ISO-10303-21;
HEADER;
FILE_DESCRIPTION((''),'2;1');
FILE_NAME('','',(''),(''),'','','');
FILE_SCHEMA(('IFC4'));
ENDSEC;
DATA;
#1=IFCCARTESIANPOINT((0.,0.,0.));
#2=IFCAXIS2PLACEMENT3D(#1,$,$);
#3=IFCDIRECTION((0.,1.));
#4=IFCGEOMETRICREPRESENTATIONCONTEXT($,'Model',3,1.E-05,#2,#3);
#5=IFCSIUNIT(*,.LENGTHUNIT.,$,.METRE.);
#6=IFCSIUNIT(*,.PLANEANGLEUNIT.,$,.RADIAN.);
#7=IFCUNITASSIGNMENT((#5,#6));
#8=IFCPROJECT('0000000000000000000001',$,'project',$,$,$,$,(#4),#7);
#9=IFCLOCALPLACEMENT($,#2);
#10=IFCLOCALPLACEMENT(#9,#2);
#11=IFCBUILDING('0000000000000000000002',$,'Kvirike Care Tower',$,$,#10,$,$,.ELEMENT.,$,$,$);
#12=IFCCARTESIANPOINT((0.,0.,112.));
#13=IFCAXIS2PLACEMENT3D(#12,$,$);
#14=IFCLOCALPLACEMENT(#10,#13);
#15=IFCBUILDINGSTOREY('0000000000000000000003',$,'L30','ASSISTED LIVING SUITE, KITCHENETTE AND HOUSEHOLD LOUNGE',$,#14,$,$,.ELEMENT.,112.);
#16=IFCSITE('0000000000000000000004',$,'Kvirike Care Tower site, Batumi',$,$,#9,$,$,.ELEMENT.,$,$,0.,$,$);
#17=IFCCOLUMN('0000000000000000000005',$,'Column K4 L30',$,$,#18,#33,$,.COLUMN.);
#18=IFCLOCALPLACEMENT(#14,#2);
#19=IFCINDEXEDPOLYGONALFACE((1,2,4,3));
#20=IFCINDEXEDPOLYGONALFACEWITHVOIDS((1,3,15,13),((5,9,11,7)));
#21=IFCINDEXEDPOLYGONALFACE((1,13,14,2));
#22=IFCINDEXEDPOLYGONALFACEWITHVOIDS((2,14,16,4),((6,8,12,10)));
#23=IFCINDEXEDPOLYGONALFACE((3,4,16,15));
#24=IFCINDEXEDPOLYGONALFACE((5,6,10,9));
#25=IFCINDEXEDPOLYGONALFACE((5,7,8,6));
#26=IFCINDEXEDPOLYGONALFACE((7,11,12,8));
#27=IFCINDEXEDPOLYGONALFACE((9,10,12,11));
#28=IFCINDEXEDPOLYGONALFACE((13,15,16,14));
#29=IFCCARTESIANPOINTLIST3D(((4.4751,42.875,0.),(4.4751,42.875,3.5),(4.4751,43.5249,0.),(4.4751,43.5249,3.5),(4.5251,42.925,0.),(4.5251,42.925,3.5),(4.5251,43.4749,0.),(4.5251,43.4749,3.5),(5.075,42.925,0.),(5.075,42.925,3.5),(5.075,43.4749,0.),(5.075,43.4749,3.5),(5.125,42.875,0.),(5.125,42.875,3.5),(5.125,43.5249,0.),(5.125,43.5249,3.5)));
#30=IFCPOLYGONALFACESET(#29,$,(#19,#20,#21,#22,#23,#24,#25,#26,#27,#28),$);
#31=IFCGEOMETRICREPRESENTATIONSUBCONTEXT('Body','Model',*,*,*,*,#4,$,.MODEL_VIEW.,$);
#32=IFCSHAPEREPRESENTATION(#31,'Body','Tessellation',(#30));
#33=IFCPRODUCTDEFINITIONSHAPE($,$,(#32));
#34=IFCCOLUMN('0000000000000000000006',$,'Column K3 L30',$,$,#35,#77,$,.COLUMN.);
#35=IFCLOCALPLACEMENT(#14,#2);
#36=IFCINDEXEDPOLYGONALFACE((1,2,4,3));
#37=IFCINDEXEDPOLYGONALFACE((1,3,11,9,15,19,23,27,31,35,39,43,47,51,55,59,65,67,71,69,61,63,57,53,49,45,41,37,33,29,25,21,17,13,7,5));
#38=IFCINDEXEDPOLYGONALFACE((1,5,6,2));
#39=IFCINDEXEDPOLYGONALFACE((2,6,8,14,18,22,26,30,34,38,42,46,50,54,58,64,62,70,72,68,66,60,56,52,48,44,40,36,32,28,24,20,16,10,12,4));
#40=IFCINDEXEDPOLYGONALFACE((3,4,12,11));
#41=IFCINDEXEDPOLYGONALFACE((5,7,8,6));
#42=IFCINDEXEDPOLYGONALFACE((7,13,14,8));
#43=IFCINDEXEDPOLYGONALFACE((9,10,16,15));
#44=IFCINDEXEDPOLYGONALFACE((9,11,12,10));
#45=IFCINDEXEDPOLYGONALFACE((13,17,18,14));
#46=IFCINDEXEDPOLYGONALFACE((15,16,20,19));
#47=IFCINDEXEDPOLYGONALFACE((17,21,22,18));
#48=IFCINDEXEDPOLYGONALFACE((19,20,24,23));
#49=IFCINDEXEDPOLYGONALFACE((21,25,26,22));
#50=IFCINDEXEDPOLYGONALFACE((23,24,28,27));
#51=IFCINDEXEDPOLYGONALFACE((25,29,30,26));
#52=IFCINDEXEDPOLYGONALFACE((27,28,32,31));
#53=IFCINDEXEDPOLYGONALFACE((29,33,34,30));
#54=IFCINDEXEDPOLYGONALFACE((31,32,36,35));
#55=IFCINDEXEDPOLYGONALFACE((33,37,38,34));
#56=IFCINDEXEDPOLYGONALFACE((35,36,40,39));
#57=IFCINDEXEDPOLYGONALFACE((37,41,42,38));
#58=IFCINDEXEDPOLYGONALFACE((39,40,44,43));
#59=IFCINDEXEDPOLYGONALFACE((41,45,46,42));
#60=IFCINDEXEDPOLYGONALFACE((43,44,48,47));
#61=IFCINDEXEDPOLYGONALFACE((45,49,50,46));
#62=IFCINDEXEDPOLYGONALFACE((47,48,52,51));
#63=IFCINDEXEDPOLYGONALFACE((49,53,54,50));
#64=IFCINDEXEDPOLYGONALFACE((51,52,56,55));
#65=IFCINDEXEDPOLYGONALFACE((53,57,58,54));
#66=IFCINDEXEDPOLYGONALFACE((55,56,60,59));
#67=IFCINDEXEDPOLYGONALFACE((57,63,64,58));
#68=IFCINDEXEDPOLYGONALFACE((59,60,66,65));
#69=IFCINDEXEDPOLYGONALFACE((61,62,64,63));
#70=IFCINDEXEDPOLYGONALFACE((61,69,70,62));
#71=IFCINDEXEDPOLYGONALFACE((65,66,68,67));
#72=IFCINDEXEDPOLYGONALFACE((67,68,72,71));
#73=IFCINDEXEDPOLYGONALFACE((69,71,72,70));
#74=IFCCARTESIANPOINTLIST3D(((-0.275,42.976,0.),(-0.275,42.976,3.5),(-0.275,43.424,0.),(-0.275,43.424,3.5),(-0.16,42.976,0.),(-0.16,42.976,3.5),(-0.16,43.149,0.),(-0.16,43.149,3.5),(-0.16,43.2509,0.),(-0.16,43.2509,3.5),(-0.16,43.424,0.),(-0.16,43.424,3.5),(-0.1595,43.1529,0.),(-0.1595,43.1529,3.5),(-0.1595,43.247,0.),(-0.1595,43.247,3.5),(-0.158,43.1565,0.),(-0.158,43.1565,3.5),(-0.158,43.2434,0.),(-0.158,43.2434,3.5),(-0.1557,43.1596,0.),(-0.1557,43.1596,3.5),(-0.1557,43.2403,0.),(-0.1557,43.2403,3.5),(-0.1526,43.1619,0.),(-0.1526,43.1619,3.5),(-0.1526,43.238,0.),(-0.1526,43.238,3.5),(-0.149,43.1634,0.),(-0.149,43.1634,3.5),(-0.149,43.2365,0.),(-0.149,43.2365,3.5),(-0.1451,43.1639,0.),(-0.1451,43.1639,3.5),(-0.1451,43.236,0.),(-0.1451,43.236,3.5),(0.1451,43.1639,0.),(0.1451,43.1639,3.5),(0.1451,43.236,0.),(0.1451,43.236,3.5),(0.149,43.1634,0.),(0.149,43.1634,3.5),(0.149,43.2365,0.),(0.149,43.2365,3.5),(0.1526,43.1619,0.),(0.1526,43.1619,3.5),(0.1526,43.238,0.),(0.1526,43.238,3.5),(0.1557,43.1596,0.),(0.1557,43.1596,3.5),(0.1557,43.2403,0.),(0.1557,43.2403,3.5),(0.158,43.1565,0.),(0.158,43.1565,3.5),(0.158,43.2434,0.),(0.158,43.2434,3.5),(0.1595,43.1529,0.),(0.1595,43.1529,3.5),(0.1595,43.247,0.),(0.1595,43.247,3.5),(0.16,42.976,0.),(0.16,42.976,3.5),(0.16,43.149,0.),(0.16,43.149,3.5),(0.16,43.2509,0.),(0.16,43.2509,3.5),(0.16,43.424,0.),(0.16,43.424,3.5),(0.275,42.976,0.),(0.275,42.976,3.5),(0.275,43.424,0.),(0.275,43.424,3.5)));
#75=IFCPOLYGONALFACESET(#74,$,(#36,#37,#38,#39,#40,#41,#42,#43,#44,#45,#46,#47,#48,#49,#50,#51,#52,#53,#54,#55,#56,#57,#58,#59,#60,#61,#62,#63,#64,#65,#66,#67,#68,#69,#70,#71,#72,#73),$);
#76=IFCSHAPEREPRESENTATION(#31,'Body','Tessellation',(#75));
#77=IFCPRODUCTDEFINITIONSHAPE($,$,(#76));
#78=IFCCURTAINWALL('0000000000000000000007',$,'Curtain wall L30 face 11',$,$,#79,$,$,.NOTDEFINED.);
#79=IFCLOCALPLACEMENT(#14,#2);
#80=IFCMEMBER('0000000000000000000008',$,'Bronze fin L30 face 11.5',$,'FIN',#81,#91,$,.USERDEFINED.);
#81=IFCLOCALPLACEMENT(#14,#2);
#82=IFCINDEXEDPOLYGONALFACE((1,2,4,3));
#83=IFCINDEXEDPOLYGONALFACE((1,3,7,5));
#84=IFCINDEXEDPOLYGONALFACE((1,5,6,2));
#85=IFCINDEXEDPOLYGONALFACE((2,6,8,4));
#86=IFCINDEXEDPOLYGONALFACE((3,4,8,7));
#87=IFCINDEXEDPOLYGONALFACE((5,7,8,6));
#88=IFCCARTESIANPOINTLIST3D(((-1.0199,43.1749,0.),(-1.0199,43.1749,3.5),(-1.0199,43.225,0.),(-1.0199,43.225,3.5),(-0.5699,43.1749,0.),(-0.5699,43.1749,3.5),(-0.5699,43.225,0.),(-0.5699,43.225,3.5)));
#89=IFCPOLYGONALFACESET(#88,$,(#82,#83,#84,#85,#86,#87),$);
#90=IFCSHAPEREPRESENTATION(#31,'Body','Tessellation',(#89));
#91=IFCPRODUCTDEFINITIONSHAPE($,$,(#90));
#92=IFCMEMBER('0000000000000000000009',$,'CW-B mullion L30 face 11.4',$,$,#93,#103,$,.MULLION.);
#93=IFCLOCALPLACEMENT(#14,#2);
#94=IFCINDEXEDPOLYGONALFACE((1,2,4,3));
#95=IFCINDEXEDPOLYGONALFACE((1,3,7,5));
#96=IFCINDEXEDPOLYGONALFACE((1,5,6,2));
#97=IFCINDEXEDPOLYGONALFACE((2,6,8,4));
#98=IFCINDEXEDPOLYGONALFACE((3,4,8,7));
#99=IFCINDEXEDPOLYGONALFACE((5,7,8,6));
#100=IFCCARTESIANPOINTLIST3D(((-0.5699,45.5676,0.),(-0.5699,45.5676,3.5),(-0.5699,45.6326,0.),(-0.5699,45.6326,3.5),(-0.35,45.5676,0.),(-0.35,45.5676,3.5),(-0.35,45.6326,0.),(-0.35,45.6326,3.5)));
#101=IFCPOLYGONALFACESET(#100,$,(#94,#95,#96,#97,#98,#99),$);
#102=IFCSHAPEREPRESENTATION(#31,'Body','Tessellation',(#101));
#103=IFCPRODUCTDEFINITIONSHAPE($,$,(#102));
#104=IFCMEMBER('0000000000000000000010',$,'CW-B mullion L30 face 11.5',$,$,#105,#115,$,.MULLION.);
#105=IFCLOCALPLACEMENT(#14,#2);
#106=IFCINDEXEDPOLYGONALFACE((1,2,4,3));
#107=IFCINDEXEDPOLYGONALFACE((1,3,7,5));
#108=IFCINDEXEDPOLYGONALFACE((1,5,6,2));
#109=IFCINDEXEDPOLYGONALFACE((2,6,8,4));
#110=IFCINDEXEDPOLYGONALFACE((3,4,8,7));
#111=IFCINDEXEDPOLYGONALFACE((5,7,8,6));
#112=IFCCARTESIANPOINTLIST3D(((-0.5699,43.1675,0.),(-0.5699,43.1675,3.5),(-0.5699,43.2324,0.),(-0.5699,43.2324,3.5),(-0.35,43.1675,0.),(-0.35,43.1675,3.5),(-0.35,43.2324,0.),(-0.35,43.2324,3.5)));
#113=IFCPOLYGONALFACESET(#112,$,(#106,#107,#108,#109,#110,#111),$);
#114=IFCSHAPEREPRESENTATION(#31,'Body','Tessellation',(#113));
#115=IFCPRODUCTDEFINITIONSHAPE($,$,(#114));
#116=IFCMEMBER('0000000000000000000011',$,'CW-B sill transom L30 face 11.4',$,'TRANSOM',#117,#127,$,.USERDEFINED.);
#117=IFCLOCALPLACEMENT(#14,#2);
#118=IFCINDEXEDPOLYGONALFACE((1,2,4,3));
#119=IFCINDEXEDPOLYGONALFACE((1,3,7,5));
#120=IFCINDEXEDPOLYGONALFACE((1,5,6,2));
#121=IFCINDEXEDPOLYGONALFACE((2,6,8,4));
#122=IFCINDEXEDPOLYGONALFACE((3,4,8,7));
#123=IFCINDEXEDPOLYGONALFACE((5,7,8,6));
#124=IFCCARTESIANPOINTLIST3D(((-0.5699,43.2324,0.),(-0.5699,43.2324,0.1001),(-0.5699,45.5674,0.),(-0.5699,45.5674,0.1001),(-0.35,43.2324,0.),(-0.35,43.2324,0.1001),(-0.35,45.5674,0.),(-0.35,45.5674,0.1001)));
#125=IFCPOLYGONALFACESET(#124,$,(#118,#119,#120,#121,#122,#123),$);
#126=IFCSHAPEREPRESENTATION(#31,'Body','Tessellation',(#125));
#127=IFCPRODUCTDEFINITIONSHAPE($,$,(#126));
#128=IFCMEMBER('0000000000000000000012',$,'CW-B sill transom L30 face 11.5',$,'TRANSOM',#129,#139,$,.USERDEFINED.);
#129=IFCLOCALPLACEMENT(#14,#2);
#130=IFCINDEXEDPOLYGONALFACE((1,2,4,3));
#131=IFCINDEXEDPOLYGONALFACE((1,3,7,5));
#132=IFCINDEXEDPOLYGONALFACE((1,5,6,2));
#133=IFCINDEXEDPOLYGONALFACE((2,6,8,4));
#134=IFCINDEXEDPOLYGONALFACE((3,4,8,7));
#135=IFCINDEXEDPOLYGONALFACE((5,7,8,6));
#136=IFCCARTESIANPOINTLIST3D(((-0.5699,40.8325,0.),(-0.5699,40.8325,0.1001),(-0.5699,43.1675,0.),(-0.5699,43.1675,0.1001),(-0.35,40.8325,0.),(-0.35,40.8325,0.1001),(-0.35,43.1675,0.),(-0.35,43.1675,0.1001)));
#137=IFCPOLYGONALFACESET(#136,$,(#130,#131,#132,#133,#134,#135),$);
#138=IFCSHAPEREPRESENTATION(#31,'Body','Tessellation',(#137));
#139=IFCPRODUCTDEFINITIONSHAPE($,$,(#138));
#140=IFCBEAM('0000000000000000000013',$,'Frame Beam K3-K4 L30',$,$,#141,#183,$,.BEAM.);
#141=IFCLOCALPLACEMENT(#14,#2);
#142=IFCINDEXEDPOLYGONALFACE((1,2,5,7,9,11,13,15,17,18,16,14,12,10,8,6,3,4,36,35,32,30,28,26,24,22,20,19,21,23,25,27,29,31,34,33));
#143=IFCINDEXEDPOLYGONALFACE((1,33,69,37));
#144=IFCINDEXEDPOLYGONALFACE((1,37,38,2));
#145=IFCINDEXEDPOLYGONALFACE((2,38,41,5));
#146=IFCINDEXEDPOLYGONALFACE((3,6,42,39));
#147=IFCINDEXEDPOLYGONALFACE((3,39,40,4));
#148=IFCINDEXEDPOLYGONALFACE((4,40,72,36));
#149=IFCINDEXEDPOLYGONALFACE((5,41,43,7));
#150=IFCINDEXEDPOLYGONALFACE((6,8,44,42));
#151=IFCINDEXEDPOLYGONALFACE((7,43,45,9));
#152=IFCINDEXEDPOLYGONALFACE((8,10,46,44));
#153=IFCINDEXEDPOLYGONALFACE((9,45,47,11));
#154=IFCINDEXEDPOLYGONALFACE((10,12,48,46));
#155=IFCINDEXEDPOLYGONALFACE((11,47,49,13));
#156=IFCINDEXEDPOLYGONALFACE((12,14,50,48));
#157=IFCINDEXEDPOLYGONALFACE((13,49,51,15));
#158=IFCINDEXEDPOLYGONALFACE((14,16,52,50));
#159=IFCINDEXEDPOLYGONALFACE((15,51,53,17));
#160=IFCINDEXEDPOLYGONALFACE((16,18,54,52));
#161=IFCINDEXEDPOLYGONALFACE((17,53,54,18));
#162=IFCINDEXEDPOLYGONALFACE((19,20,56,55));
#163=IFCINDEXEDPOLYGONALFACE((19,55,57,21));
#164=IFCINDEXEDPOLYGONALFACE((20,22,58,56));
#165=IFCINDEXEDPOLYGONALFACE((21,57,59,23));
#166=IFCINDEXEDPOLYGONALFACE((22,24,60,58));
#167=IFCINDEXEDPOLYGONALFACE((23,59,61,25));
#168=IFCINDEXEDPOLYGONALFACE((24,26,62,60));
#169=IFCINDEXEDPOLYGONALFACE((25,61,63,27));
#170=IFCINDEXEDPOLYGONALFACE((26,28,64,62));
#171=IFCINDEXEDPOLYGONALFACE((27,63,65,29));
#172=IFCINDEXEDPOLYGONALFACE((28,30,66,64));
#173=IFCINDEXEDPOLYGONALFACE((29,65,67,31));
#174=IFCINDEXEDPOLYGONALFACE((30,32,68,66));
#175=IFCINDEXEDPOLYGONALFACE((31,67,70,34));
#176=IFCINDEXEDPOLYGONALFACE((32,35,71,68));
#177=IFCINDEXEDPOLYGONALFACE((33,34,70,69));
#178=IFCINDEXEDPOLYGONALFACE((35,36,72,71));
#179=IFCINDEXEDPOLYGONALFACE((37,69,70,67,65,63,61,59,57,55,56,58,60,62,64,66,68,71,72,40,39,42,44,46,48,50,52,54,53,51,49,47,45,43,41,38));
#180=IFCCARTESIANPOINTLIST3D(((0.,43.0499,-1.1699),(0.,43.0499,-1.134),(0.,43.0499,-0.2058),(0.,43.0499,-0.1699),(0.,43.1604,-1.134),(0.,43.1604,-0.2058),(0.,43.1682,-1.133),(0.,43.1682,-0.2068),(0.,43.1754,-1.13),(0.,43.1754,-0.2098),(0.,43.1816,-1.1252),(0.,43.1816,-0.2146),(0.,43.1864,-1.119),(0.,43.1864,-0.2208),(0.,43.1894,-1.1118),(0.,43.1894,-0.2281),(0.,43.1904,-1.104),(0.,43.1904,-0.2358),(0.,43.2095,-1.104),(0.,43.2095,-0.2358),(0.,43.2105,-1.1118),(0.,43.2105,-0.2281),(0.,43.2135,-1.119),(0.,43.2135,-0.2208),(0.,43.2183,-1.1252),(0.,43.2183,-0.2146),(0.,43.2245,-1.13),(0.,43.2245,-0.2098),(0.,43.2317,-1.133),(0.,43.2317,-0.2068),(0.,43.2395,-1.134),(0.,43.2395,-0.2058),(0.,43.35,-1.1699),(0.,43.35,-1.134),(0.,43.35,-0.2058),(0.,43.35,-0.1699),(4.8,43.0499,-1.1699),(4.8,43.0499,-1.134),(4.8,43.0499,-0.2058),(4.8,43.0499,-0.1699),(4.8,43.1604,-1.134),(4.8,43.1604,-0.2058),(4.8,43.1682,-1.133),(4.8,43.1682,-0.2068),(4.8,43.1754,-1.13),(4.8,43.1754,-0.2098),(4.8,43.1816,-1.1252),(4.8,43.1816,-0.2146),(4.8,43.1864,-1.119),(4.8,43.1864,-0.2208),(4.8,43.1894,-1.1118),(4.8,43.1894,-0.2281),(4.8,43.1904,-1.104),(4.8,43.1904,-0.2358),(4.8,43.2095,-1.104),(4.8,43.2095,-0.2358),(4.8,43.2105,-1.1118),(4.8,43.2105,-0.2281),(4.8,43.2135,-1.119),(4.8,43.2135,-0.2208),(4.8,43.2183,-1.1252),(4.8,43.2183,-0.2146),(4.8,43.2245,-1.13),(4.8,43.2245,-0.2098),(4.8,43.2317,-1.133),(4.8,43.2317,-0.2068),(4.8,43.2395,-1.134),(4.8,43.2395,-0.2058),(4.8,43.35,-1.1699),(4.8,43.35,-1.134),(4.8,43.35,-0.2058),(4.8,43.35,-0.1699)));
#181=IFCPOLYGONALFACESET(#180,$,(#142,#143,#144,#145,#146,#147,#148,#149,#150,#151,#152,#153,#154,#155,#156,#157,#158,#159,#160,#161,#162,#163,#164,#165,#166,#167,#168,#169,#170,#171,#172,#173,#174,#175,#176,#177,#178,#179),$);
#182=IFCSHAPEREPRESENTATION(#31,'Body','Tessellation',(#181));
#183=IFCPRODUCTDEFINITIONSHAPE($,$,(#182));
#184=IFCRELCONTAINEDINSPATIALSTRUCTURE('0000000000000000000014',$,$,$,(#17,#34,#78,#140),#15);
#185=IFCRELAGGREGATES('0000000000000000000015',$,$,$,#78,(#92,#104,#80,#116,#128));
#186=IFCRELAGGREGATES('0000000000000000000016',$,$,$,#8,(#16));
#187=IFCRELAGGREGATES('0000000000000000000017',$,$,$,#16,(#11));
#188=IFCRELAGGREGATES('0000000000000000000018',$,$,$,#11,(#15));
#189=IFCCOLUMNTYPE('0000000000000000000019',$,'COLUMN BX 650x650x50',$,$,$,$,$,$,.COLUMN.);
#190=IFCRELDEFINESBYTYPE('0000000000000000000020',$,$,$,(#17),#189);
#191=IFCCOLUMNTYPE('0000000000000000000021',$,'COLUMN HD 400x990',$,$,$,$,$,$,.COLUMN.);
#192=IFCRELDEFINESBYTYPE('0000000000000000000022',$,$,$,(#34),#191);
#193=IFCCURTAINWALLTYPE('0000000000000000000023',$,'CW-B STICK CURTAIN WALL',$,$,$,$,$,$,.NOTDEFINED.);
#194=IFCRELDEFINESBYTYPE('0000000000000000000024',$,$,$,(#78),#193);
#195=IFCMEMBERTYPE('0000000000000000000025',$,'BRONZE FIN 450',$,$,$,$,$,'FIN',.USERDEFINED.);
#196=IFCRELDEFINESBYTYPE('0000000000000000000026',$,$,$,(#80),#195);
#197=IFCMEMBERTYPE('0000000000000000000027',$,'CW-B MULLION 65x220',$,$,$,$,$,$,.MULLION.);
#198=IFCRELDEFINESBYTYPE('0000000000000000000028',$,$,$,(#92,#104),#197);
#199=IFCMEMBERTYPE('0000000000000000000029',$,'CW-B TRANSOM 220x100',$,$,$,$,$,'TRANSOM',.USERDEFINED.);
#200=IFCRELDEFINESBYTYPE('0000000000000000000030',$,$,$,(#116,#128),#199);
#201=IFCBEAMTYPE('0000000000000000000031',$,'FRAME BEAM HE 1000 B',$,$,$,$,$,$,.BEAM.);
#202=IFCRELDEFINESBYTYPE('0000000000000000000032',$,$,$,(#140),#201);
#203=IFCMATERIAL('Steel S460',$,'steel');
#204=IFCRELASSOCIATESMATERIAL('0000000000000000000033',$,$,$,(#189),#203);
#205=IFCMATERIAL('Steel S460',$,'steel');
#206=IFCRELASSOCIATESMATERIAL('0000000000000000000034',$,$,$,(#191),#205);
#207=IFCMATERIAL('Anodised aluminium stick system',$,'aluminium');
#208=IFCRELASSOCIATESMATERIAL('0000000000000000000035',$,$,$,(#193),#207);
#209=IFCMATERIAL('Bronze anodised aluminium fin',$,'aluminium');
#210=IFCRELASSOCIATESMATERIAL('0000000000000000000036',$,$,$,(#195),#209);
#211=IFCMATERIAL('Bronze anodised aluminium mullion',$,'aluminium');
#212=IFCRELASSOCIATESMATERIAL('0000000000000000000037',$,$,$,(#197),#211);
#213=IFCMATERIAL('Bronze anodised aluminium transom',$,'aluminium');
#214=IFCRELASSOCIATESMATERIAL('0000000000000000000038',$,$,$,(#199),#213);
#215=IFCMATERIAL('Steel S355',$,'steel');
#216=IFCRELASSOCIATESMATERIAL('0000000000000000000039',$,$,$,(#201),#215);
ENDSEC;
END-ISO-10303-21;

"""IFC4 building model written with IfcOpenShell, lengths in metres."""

from ifc_helpers import new_model, si_unit, direction, frame, origin, origin_2d, place, context, subcontext, project, spatial, rectangle, hollow_rectangle, i_section, extrude, material, material_profile, profile_set, type_object, element, aggregate, save


model = new_model("IFC4")

# Units and contexts
model_context = context("Model", 3, precision=1e-05, world=origin(), true_north=direction((0.0, 1.0)))
body_context = subcontext(model_context, "Body", "Model", "MODEL_VIEW")
ifc_project = project(units=[si_unit("LENGTHUNIT", "METRE"), si_unit("PLANEANGLEUNIT", "RADIAN")], contexts=[model_context])

# Site, building, storey
site_placement = place(None, origin())
site = spatial("IfcSite", under=ifc_project, at=site_placement, Name="Kvirike Care Tower site, Batumi", CompositionType="ELEMENT", RefElevation=0.0)
building_placement = place(site_placement, origin())
building = spatial("IfcBuilding", under=site, at=building_placement, Name="Kvirike Care Tower", CompositionType="ELEMENT")
storey_placement = place(building_placement, frame((0.0, 0.0, 112.0)))
storey = spatial("IfcBuildingStorey", under=building, at=storey_placement, Name="L30", Description="ASSISTED LIVING SUITE, KITCHENETTE AND HOUSEHOLD LOUNGE", CompositionType="ELEMENT", Elevation=112.0)

# Columns
ifc_material_1 = material(Name="Steel S460", Category="steel")
ifc_material_profile_1 = material_profile(ifc_material_1, hollow_rectangle(XDim=0.6499, YDim=0.6499, WallThickness=0.05, at=origin_2d()), Name="BX 650x650x50")
ifc_profile_set_1 = profile_set([ifc_material_profile_1], Name="Steel S460")
column_type_1 = type_object("IfcColumnType", Name="COLUMN BX 650x650x50", PredefinedType="COLUMN", material=ifc_profile_set_1)
column_1_placement = place(storey_placement, frame((4.8, 43.2, 0.0), z_axis=(0.0, 0.0, 1.0), x_axis=(0.0, 1.0, 0.0)))
element("IfcColumn", 1, at=column_1_placement, inside=storey, type_object=column_type_1, Name="Column K4 L30", PredefinedType="COLUMN", context=body_context, shape_type="SweptSolid", body=[
    extrude(hollow_rectangle(XDim=0.6499, YDim=0.6499, WallThickness=0.05, at=origin_2d()), origin(), (0.0, 0.0, 1.0), 3.5),
])
ifc_material_2 = material(Name="Steel S460", Category="steel")
ifc_material_profile_2 = material_profile(ifc_material_2, i_section(OverallWidth=0.448, OverallDepth=0.55, WebThickness=0.072, FlangeThickness=0.115, FilletRadius=0.0149, at=origin_2d()), Name="HD 400x990")
ifc_profile_set_2 = profile_set([ifc_material_profile_2], Name="Steel S460")
column_type_2 = type_object("IfcColumnType", Name="COLUMN HD 400x990", PredefinedType="COLUMN", material=ifc_profile_set_2)
column_2_placement = place(storey_placement, frame((0.0, 43.2, 0.0), z_axis=(0.0, 0.0, 1.0), x_axis=(0.0, 1.0, 0.0)))
element("IfcColumn", 2, at=column_2_placement, inside=storey, type_object=column_type_2, Name="Column K3 L30", PredefinedType="COLUMN", context=body_context, shape_type="SweptSolid", body=[
    extrude(i_section(OverallWidth=0.448, OverallDepth=0.55, WebThickness=0.072, FlangeThickness=0.115, FilletRadius=0.0149, at=origin_2d()), origin(), (0.0, 0.0, 1.0), 3.5),
])

# Curtain wall, members
ifc_material_3 = material(Name="Anodised aluminium stick system", Category="aluminium")
curtain_wall_type = type_object("IfcCurtainWallType", Name="CW-B STICK CURTAIN WALL", PredefinedType="NOTDEFINED", material=ifc_material_3)
curtain_wall_placement = place(storey_placement, origin())
curtain_wall = element("IfcCurtainWall", 3, at=curtain_wall_placement, inside=storey, type_object=curtain_wall_type, Name="Curtain wall L30 face 11", PredefinedType="NOTDEFINED")
ifc_material_4 = material(Name="Bronze anodised aluminium fin", Category="aluminium")
ifc_material_profile_3 = material_profile(ifc_material_4, rectangle(XDim=0.05, YDim=0.45, at=origin_2d()), Name="BRONZE FIN 450")
ifc_profile_set_3 = profile_set([ifc_material_profile_3], Name="Bronze anodised aluminium fin")
member_type_1 = type_object("IfcMemberType", Name="BRONZE FIN 450", ElementType="FIN", PredefinedType="USERDEFINED", material=ifc_profile_set_3)
member_1_placement = place(storey_placement, frame((-0.7949, 43.2, 0.0), z_axis=(0.0, 0.0, 1.0), x_axis=(0.0, -1.0, 0.0)))
member_1 = element("IfcMember", 4, at=member_1_placement, type_object=member_type_1, Name="Bronze fin L30 face 11.5", ObjectType="FIN", PredefinedType="USERDEFINED", context=body_context, shape_type="SweptSolid", body=[
    extrude(rectangle(XDim=0.05, YDim=0.45, at=origin_2d()), origin(), (0.0, 0.0, 1.0), 3.5),
])
ifc_material_5 = material(Name="Bronze anodised aluminium mullion", Category="aluminium")
ifc_material_profile_4 = material_profile(ifc_material_5, rectangle(XDim=0.0649, YDim=0.22, at=origin_2d()), Name="CW-B MULLION 65x220")
ifc_profile_set_4 = profile_set([ifc_material_profile_4], Name="Bronze anodised aluminium mullion")
member_type_2 = type_object("IfcMemberType", Name="CW-B MULLION 65x220", PredefinedType="MULLION", material=ifc_profile_set_4)
member_2_placement = place(storey_placement, frame((-0.46, 45.6001, 0.0), z_axis=(0.0, 0.0, 1.0), x_axis=(0.0, -1.0, 0.0)))
member_2 = element("IfcMember", 5, at=member_2_placement, type_object=member_type_2, Name="CW-B mullion L30 face 11.4", PredefinedType="MULLION", context=body_context, shape_type="SweptSolid", body=[
    extrude(rectangle(XDim=0.0649, YDim=0.22, at=origin_2d()), origin(), (0.0, 0.0, 1.0), 3.5),
])
member_3_placement = place(storey_placement, frame((-0.46, 43.2, 0.0), z_axis=(0.0, 0.0, 1.0), x_axis=(0.0, -1.0, 0.0)))
member_3 = element("IfcMember", 6, at=member_3_placement, type_object=member_type_2, Name="CW-B mullion L30 face 11.5", PredefinedType="MULLION", context=body_context, shape_type="SweptSolid", body=[
    extrude(rectangle(XDim=0.0649, YDim=0.22, at=origin_2d()), origin(), (0.0, 0.0, 1.0), 3.5),
])
ifc_material_6 = material(Name="Bronze anodised aluminium transom", Category="aluminium")
ifc_material_profile_5 = material_profile(ifc_material_6, rectangle(XDim=0.22, YDim=0.1001, at=origin_2d()), Name="CW-B TRANSOM 220x100")
ifc_profile_set_5 = profile_set([ifc_material_profile_5], Name="Bronze anodised aluminium transom")
member_type_3 = type_object("IfcMemberType", Name="CW-B TRANSOM 220x100", ElementType="TRANSOM", PredefinedType="USERDEFINED", material=ifc_profile_set_5)
member_4_placement = place(storey_placement, frame((-0.46, 45.5674, 0.05), z_axis=(0.0, -1.0, 0.0), x_axis=(1.0, 0.0, 0.0)))
member_4 = element("IfcMember", 7, at=member_4_placement, type_object=member_type_3, Name="CW-B sill transom L30 face 11.4", ObjectType="TRANSOM", PredefinedType="USERDEFINED", context=body_context, shape_type="SweptSolid", body=[
    extrude(rectangle(XDim=0.22, YDim=0.1001, at=origin_2d()), origin(), (0.0, 0.0, 1.0), 2.335),
])
member_5_placement = place(storey_placement, frame((-0.46, 43.1675, 0.05), z_axis=(0.0, -1.0, 0.0), x_axis=(1.0, 0.0, 0.0)))
member_5 = element("IfcMember", 8, at=member_5_placement, type_object=member_type_3, Name="CW-B sill transom L30 face 11.5", ObjectType="TRANSOM", PredefinedType="USERDEFINED", context=body_context, shape_type="SweptSolid", body=[
    extrude(rectangle(XDim=0.22, YDim=0.1001, at=origin_2d()), origin(), (0.0, 0.0, 1.0), 2.335),
])

# Beam
ifc_material_7 = material(Name="Steel S355", Category="steel")
ifc_material_profile_6 = material_profile(ifc_material_7, i_section(OverallWidth=0.3, OverallDepth=1.0, WebThickness=0.019, FlangeThickness=0.0359, FilletRadius=0.03, at=origin_2d()), Name="HE 1000 B")
ifc_profile_set_6 = profile_set([ifc_material_profile_6], Name="Steel S355")
beam_type_1 = type_object("IfcBeamType", Name="FRAME BEAM HE 1000 B", PredefinedType="BEAM", material=ifc_profile_set_6)
for number, where, z_axis, x_axis, name in (
    (9, (0.0, 43.2, -0.6699), (1.0, 0.0, 0.0), (0.0, 1.0, 0.0), "Frame Beam K3-K4 L30"),
):
    element("IfcBeam", number, at=place(storey_placement, frame(where, z_axis=z_axis, x_axis=x_axis)), inside=storey, type_object=beam_type_1, Name=name, PredefinedType="BEAM", context=body_context, shape_type="SweptSolid", body=[
        extrude(i_section(OverallWidth=0.3, OverallDepth=1.0, WebThickness=0.019, FlangeThickness=0.0359, FilletRadius=0.03, at=origin_2d()), origin(), (0.0, 0.0, 1.0), 4.8),
    ])

aggregate(curtain_wall, [member_2, member_3, member_1, member_4, member_5])

save(model, "model.ifc")
